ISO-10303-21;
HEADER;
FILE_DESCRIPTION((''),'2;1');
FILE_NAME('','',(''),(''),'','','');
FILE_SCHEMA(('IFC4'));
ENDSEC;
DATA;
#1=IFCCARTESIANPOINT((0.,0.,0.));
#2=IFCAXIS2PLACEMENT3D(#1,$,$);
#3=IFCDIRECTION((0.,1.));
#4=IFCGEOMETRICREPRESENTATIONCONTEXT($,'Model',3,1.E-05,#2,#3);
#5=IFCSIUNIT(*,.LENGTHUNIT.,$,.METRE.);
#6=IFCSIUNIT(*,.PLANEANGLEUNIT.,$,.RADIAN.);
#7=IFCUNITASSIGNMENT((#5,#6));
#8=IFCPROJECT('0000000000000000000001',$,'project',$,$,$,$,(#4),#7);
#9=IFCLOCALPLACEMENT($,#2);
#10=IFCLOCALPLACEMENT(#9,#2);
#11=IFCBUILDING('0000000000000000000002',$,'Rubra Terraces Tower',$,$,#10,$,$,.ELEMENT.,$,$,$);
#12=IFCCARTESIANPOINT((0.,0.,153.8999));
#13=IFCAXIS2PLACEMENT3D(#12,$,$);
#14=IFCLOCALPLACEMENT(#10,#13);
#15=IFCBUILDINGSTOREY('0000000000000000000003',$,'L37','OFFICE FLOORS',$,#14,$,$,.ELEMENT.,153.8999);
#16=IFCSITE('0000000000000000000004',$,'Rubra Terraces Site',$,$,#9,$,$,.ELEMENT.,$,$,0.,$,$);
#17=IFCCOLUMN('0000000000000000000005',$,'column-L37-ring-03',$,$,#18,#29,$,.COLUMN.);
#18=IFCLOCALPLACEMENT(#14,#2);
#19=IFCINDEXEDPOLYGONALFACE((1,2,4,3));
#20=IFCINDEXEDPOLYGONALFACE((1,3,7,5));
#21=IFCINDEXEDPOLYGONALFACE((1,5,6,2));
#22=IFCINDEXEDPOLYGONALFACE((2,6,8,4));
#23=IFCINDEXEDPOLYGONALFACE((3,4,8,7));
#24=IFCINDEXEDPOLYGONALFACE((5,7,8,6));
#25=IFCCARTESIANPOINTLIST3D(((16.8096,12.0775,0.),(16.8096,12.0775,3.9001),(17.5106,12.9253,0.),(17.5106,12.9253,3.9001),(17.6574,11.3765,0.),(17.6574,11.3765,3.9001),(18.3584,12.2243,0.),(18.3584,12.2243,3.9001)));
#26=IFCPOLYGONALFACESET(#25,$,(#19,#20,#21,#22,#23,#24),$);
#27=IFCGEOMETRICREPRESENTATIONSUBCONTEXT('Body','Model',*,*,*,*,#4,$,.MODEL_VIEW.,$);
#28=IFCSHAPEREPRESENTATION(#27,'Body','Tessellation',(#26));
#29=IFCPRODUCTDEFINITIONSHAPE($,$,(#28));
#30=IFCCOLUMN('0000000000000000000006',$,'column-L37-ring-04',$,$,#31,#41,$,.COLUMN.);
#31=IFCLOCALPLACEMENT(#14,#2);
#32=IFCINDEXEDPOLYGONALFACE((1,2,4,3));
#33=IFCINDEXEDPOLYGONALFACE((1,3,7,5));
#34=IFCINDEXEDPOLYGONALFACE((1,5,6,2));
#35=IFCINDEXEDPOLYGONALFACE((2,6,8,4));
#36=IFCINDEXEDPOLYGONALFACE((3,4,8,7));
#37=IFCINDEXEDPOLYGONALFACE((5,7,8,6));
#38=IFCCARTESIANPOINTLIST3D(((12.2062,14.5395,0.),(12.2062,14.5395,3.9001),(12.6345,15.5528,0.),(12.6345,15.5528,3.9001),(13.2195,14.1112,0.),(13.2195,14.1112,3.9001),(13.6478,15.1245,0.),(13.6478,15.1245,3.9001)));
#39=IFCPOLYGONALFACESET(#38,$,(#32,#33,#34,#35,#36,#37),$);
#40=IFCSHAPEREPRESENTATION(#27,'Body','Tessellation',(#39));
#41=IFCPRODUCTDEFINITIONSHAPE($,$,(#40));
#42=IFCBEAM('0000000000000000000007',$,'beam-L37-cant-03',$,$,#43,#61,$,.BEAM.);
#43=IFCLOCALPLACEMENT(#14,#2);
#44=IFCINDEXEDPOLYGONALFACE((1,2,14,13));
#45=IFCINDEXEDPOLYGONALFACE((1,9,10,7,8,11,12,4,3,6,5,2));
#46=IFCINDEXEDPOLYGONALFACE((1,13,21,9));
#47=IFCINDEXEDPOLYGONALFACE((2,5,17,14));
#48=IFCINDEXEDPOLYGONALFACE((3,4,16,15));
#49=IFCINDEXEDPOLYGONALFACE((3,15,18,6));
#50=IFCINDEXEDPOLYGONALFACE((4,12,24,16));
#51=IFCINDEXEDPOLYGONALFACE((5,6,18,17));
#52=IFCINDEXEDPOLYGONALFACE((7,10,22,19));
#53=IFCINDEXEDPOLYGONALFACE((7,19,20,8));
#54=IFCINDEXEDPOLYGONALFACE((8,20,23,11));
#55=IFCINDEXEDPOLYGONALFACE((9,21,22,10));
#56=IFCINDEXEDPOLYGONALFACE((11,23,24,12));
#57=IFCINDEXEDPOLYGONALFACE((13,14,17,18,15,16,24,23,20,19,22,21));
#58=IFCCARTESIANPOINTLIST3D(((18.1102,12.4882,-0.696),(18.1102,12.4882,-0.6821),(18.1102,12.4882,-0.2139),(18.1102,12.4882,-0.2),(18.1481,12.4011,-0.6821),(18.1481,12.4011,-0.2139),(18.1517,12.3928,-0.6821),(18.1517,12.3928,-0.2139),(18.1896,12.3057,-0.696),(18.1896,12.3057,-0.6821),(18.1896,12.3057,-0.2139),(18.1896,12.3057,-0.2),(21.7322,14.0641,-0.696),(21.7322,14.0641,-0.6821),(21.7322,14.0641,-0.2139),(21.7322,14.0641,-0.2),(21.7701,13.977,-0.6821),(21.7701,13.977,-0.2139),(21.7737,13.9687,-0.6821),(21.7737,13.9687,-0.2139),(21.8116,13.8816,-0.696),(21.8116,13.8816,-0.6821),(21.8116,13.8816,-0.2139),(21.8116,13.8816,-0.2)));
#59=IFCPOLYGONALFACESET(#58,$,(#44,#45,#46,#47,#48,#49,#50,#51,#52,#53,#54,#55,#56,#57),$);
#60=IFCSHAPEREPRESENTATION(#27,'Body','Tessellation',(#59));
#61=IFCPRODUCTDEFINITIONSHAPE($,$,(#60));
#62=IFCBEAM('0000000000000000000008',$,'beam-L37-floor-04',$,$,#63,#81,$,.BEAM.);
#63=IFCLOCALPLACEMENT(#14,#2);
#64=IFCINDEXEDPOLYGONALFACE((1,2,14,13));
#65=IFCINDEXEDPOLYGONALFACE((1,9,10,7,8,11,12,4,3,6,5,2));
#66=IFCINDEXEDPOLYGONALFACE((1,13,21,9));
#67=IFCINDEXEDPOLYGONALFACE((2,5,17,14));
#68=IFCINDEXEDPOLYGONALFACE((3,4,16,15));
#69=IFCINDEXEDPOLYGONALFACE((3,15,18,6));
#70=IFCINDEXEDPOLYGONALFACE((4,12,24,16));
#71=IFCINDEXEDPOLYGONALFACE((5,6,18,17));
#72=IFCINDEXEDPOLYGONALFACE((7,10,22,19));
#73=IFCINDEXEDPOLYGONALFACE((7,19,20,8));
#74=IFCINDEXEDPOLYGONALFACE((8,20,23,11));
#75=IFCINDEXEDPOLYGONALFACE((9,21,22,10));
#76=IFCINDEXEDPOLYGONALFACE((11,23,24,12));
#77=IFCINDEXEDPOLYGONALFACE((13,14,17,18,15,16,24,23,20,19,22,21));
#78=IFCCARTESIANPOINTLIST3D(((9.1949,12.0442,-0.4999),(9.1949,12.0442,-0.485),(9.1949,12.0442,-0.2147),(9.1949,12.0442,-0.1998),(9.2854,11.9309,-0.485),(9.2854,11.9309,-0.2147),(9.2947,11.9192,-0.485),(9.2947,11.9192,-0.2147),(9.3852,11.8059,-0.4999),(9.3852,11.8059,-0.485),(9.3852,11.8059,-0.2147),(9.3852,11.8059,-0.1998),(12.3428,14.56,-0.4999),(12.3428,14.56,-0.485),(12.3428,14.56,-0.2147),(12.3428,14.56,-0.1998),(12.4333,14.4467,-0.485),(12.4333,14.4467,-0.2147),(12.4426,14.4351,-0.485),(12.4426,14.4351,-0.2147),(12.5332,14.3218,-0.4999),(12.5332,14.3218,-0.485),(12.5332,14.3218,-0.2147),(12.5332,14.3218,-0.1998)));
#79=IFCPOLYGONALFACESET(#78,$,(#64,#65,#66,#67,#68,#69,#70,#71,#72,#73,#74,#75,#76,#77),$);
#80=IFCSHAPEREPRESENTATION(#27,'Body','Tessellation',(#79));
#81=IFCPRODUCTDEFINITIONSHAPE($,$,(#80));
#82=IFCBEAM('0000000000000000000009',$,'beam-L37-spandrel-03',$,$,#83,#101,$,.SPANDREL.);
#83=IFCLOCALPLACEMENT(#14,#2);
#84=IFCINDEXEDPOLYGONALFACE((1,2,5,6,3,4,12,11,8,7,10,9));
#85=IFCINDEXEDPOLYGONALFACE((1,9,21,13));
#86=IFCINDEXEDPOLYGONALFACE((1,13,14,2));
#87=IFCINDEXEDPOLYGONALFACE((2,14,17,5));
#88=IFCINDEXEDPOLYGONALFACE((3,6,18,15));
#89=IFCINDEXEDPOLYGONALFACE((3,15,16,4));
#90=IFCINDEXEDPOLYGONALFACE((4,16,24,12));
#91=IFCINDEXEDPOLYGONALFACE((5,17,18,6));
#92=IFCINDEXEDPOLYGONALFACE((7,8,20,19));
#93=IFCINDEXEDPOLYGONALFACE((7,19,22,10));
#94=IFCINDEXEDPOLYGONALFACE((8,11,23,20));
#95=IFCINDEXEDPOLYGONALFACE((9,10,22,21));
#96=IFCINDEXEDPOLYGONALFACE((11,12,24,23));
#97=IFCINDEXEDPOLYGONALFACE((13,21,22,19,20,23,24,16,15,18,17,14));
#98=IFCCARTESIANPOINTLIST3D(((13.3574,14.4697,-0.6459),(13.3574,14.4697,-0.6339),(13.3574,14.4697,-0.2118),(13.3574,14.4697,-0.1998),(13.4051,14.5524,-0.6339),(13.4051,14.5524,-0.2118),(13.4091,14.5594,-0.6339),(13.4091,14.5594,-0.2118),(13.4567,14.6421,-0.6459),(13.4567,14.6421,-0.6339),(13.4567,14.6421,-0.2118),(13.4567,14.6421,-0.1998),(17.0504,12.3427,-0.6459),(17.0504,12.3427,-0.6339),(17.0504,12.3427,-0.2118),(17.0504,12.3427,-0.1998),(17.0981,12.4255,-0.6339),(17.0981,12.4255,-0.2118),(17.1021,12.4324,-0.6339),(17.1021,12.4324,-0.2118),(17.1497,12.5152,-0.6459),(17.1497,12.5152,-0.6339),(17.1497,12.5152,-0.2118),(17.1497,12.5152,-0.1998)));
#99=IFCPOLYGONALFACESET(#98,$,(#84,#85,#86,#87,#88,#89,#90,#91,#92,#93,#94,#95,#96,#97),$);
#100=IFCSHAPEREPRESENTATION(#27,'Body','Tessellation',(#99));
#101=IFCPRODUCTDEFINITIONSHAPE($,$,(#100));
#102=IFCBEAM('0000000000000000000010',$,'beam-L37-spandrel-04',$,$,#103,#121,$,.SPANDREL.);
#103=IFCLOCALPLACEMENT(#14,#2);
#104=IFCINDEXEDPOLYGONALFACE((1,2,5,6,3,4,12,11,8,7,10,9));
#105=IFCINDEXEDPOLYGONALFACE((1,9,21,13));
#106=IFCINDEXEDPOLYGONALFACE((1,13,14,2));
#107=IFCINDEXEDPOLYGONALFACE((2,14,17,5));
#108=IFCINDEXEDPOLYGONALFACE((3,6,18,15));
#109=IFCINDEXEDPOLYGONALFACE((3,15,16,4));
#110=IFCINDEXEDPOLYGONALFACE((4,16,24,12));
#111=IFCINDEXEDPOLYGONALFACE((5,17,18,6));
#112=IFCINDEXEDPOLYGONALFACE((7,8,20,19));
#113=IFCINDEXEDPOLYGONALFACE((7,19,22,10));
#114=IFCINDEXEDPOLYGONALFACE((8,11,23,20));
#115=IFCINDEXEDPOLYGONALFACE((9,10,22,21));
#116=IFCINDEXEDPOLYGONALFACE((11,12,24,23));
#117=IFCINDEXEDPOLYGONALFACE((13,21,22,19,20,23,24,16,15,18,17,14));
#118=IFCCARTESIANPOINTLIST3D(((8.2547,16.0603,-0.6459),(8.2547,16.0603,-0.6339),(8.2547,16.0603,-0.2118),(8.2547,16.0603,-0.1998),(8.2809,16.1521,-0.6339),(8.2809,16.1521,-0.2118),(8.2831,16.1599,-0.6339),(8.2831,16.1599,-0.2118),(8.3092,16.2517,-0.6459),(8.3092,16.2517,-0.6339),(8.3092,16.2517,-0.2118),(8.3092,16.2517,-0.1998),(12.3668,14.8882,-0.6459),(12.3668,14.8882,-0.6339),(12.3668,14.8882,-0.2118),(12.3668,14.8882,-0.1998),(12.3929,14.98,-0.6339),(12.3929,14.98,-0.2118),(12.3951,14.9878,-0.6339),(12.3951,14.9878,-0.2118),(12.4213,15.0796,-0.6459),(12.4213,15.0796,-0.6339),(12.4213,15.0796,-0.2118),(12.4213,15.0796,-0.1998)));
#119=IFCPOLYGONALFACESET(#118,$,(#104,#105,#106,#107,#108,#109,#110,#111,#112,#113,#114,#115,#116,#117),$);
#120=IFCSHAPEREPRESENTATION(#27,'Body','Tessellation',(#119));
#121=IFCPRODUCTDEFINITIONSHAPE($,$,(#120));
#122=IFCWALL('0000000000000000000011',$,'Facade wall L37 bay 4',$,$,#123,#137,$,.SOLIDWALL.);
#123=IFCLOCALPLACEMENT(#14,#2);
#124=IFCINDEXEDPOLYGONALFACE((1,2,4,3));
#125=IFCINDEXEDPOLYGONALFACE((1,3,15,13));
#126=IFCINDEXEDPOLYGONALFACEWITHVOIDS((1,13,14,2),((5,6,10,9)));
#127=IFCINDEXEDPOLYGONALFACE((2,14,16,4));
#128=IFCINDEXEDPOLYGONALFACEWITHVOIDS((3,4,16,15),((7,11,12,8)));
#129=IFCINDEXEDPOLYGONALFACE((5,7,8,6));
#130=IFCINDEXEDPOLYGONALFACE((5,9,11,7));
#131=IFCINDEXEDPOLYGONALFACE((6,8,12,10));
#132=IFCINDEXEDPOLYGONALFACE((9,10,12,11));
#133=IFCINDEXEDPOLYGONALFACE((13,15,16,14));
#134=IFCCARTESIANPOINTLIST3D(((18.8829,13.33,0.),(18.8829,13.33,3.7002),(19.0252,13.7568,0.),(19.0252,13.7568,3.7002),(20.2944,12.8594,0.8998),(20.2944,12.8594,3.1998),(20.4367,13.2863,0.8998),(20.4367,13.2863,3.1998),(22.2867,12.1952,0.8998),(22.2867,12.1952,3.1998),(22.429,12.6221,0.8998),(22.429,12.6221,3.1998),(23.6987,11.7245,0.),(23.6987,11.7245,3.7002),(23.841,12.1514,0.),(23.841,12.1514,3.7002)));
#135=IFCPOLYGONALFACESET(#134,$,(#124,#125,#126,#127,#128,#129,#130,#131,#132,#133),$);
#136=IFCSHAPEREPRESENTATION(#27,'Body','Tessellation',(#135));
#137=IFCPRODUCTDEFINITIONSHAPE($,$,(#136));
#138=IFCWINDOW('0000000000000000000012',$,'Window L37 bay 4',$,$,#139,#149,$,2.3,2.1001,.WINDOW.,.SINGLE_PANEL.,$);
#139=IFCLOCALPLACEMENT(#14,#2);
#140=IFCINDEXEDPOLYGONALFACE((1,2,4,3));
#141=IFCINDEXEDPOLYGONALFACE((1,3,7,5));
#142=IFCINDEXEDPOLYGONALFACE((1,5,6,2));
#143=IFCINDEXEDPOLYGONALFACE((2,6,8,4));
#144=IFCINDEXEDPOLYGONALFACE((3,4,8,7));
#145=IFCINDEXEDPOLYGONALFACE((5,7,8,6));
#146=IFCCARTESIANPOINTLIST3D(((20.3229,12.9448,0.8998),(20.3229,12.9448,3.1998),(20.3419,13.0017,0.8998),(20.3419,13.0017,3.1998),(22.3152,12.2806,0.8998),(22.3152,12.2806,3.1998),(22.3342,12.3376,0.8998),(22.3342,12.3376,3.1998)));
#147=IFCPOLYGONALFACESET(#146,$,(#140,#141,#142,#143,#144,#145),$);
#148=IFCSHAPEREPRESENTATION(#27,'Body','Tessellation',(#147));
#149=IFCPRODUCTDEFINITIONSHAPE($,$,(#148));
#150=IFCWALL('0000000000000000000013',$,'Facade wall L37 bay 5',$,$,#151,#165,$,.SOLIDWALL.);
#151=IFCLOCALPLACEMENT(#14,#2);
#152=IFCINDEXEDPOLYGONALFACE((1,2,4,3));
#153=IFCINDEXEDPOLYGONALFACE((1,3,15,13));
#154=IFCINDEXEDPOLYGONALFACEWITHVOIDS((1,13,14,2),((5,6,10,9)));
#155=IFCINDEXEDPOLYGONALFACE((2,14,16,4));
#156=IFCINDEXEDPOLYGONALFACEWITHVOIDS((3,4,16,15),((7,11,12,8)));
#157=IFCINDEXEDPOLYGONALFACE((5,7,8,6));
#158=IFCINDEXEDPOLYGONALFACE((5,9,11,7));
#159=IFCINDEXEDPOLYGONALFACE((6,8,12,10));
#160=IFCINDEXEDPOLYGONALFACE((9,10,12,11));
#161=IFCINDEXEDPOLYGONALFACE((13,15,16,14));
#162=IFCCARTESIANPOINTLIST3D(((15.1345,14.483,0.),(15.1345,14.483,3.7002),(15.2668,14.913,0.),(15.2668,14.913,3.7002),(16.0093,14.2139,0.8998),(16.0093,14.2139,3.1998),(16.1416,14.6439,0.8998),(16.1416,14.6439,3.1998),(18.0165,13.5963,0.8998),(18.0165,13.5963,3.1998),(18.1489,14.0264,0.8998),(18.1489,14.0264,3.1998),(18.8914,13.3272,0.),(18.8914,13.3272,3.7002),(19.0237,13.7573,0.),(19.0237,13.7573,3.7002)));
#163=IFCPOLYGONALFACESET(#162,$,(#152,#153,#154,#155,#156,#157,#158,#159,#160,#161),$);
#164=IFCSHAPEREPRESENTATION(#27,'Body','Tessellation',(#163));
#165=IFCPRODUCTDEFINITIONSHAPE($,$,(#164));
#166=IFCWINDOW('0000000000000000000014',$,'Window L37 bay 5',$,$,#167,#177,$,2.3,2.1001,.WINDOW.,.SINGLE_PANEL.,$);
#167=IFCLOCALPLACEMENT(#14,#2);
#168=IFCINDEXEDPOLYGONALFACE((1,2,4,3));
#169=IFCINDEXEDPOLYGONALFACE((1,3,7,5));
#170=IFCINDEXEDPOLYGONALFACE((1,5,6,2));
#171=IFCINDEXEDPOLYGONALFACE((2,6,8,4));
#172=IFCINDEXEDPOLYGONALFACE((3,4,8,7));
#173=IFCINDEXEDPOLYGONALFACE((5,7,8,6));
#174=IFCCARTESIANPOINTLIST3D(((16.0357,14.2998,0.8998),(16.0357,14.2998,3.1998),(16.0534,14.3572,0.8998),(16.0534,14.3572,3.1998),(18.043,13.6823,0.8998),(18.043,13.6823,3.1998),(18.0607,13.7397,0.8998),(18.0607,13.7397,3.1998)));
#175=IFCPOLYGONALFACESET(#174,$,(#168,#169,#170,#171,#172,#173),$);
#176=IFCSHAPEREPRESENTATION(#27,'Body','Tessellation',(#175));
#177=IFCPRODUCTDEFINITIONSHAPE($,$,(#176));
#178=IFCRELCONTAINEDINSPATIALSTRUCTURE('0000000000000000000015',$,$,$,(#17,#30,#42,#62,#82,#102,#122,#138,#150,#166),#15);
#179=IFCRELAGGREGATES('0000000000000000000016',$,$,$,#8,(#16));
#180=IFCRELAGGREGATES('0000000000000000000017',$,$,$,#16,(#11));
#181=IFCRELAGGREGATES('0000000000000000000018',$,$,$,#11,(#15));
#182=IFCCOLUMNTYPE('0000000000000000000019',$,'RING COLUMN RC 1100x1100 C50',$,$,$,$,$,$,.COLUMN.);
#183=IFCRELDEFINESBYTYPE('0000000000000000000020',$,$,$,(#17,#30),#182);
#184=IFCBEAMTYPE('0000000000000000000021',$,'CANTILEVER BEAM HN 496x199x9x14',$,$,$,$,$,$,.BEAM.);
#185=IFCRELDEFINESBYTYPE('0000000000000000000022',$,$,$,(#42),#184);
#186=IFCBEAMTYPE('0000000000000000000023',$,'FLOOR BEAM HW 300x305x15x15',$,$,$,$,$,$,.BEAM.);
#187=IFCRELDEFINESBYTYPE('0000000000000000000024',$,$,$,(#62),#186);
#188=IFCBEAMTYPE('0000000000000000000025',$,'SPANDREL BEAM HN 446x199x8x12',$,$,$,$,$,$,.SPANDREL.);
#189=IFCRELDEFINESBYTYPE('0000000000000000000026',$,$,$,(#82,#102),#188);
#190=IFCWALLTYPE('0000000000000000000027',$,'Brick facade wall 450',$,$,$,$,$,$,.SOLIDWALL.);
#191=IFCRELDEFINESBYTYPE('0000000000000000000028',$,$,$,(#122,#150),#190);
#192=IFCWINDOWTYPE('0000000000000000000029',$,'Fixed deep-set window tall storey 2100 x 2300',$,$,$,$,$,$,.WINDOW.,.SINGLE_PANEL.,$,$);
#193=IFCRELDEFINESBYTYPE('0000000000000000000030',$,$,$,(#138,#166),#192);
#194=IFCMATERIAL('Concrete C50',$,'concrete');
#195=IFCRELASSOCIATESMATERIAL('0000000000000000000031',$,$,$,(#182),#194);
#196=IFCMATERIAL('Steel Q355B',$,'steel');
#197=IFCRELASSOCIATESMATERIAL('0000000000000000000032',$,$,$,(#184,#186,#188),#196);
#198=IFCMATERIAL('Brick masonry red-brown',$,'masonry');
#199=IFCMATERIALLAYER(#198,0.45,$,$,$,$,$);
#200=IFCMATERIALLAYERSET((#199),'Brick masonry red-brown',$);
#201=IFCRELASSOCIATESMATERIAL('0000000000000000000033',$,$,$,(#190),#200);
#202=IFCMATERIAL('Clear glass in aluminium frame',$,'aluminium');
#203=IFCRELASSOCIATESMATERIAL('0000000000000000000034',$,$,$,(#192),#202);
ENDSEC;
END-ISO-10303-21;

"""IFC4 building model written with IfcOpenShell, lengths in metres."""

from ifc_helpers import new_model, si_unit, direction, frame, frame_2d, origin, origin_2d, place, context, subcontext, project, spatial, rectangle, i_section, extrude, material, layer, layer_set, material_profile, profile_set, type_object, element, fill, save


model = new_model("IFC4")

# Units and contexts
model_context = context("Model", 3, precision=1e-05, world=origin(), true_north=direction((0.0, 1.0)))
body_context = subcontext(model_context, "Body", "Model", "MODEL_VIEW")
ifc_project = project(units=[si_unit("LENGTHUNIT", "METRE"), si_unit("PLANEANGLEUNIT", "RADIAN")], contexts=[model_context])

# Site, building, storey
site_placement = place(None, origin())
site = spatial("IfcSite", under=ifc_project, at=site_placement, Name="Rubra Terraces Site", CompositionType="ELEMENT", RefElevation=0.0)
building_placement = place(site_placement, origin())
building = spatial("IfcBuilding", under=site, at=building_placement, Name="Rubra Terraces Tower", CompositionType="ELEMENT")
storey_placement = place(building_placement, frame((0.0, 0.0, 153.8999)))
storey = spatial("IfcBuildingStorey", under=building, at=storey_placement, Name="L37", Description="OFFICE FLOORS", CompositionType="ELEMENT", Elevation=153.8999)

# Columns
ifc_material_1 = material(Name="Concrete C50", Category="concrete")
ifc_material_profile_1 = material_profile(ifc_material_1, rectangle(XDim=1.1001, YDim=1.1001, at=origin_2d()), Name="RC 1100x1100")
ifc_profile_set_1 = profile_set([ifc_material_profile_1], Name="Concrete C50")
column_type = type_object("IfcColumnType", Name="RING COLUMN RC 1100x1100 C50", PredefinedType="COLUMN", material=ifc_profile_set_1)
for number, where, z_axis, x_axis, name in (
    (1, (17.584, 12.1509, 0.0), (0.0, 0.0, 1.0), (-0.770679, 0.637223, 0.0), "column-L37-ring-03"),
    (2, (12.927, 14.832, 0.0), (0.0, 0.0, 1.0), (-0.921106, 0.389313, 0.0), "column-L37-ring-04"),
):
    element("IfcColumn", number, at=place(storey_placement, frame(where, z_axis=z_axis, x_axis=x_axis)), inside=storey, type_object=column_type, Name=name, PredefinedType="COLUMN", context=body_context, shape_type="SweptSolid", body=[
        extrude(rectangle(XDim=1.1001, YDim=1.1001, at=origin_2d()), origin(), (0.0, 0.0, 1.0), 3.9001),
    ])

# Beams
ifc_material_2 = material(Name="Steel Q355B", Category="steel")
ifc_material_profile_2 = material_profile(ifc_material_2, i_section(OverallWidth=0.199, OverallDepth=0.4961, WebThickness=0.009, FlangeThickness=0.0139, at=origin_2d()), Name="HN 496x199x9x14")
ifc_profile_set_2 = profile_set([ifc_material_profile_2], Name="Steel Q355B")
beam_type_1 = type_object("IfcBeamType", Name="CANTILEVER BEAM HN 496x199x9x14", PredefinedType="BEAM", material=ifc_profile_set_2)
beam_1_placement = place(storey_placement, frame((18.1499, 12.397, -0.448), z_axis=(0.916967, 0.398963, 0.0), x_axis=(-0.398963, 0.916967, 0.0)))
element("IfcBeam", 3, at=beam_1_placement, inside=storey, type_object=beam_type_1, Name="beam-L37-cant-03", PredefinedType="BEAM", context=body_context, shape_type="SweptSolid", body=[
    extrude(i_section(OverallWidth=0.199, OverallDepth=0.4961, WebThickness=0.009, FlangeThickness=0.0139, at=origin_2d()), origin(), (0.0, 0.0, 1.0), 3.95),
])
ifc_material_profile_3 = material_profile(ifc_material_2, i_section(OverallWidth=0.3049, OverallDepth=0.3, WebThickness=0.0149, FlangeThickness=0.0149, at=origin_2d()), Name="HW 300x305x15x15")
ifc_profile_set_3 = profile_set([ifc_material_profile_3], Name="Steel Q355B")
beam_type_2 = type_object("IfcBeamType", Name="FLOOR BEAM HW 300x305x15x15", PredefinedType="BEAM", material=ifc_profile_set_3)
beam_2_placement = place(storey_placement, frame((12.438, 14.4409, -0.3499), z_axis=(-0.78117, -0.624318, 0.0), x_axis=(0.624318, -0.78117, 0.0)))
element("IfcBeam", 4, at=beam_2_placement, inside=storey, type_object=beam_type_2, Name="beam-L37-floor-04", PredefinedType="BEAM", context=body_context, shape_type="SweptSolid", body=[
    extrude(i_section(OverallWidth=0.3049, OverallDepth=0.3, WebThickness=0.0149, FlangeThickness=0.0149, at=origin_2d()), origin(), (0.0, 0.0, 1.0), 4.0298),
])
ifc_material_profile_4 = material_profile(ifc_material_2, i_section(OverallWidth=0.199, OverallDepth=0.446, WebThickness=0.0081, FlangeThickness=0.012, at=origin_2d()), Name="HN 446x199x8x12")
ifc_profile_set_4 = profile_set([ifc_material_profile_4], Name="Steel Q355B")
beam_type_3 = type_object("IfcBeamType", Name="SPANDREL BEAM HN 446x199x8x12", PredefinedType="SPANDREL", material=ifc_profile_set_4)
beam_3_placement = place(storey_placement, frame((17.1001, 12.429, -0.4229), z_axis=(-0.86656, 0.499073, 0.0), x_axis=(-0.499073, -0.86656, 0.0)))
element("IfcBeam", 5, at=beam_3_placement, inside=storey, type_object=beam_type_3, Name="beam-L37-spandrel-03", PredefinedType="SPANDREL", context=body_context, shape_type="SweptSolid", body=[
    extrude(i_section(OverallWidth=0.199, OverallDepth=0.446, WebThickness=0.0081, FlangeThickness=0.012, at=origin_2d()), origin(), (0.0, 0.0, 1.0), 4.2617),
])
beam_4_placement = place(storey_placement, frame((12.394, 14.9839, -0.4229), z_axis=(-0.961694, 0.274125, 0.0), x_axis=(-0.274125, -0.961694, 0.0)))
element("IfcBeam", 6, at=beam_4_placement, inside=storey, type_object=beam_type_3, Name="beam-L37-spandrel-04", PredefinedType="SPANDREL", context=body_context, shape_type="SweptSolid", body=[
    extrude(i_section(OverallWidth=0.199, OverallDepth=0.446, WebThickness=0.0081, FlangeThickness=0.012, at=origin_2d()), origin(), (0.0, 0.0, 1.0), 4.2759),
])

# Walls, openings, windows
ifc_material_3 = material(Name="Brick masonry red-brown", Category="masonry")
ifc_layer_1 = layer(ifc_material_3, 0.45)
ifc_layer_set_1 = layer_set([ifc_layer_1], Name="Brick masonry red-brown")
wall_type_1 = type_object("IfcWallType", Name="Brick facade wall 450", PredefinedType="SOLIDWALL", material=ifc_layer_set_1)
wall_1_placement = place(storey_placement, frame((23.7698, 11.938, 0.0), z_axis=(0.0, 0.0, 1.0), x_axis=(-0.948674, 0.316257, 0.0)))
wall_1 = element("IfcWall", 7, at=wall_1_placement, inside=storey, type_object=wall_type_1, Name="Facade wall L37 bay 4", PredefinedType="SOLIDWALL", context=body_context, shape_type="SweptSolid", body=[
    extrude(rectangle(XDim=5.0764, YDim=0.45, at=frame_2d((2.5381, 0.0))), origin(), (0.0, 0.0, 1.0), 3.7002),
])
opening_1_placement = place(wall_1_placement, frame((1.4883, 0.0, 0.8999)))
opening_1 = element("IfcOpeningElement", 8, at=opening_1_placement, cuts=wall_1, PredefinedType="OPENING", context=body_context, shape_type="SweptSolid", body=[
    extrude(rectangle(XDim=2.1001, YDim=2.3, at=frame_2d((1.05, 1.1499))), frame((0.0, 0.2349, 0.0), z_axis=(0.0, -1.0, 0.0), x_axis=(1.0, 0.0, 0.0)), (0.0, 0.0, 1.0), 0.47),
])
ifc_material_4 = material(Name="Clear glass in aluminium frame", Category="aluminium")
window_type = type_object("IfcWindowType", Name="Fixed deep-set window tall storey 2100 x 2300", PartitioningType="SINGLE_PANEL", PredefinedType="WINDOW", material=ifc_material_4)
window_1_placement = place(opening_1_placement, origin())
window_1 = element("IfcWindow", 9, at=window_1_placement, inside=storey, type_object=window_type, Name="Window L37 bay 4", OverallHeight=2.3, OverallWidth=2.1001, PartitioningType="SINGLE_PANEL", PredefinedType="WINDOW", context=body_context, shape_type="SweptSolid", body=[
    extrude(rectangle(XDim=2.1001, YDim=2.3, at=frame_2d((1.05, 1.1499))), frame((0.0, 0.135, 0.0), z_axis=(0.0, -1.0, 0.0), x_axis=(1.0, 0.0, 0.0)), (0.0, 0.0, 1.0), 0.0601),
])
fill(opening_1, window_1)
wall_2_placement = place(storey_placement, frame((18.9575, 13.5422, 0.0), z_axis=(0.0, 0.0, 1.0), x_axis=(-0.955792, 0.294042, 0.0)))
wall_2 = element("IfcWall", 10, at=wall_2_placement, inside=storey, type_object=wall_type_1, Name="Facade wall L37 bay 5", PredefinedType="SOLIDWALL", context=body_context, shape_type="SweptSolid", body=[
    extrude(rectangle(XDim=3.9307, YDim=0.45, at=frame_2d((1.9653, 0.0))), origin(), (0.0, 0.0, 1.0), 3.7002),
])
opening_2_placement = place(wall_2_placement, frame((0.9153, 0.0, 0.8999)))
opening_2 = element("IfcOpeningElement", 11, at=opening_2_placement, cuts=wall_2, PredefinedType="OPENING", context=body_context, shape_type="SweptSolid", body=[
    extrude(rectangle(XDim=2.1001, YDim=2.3, at=frame_2d((1.05, 1.1499))), frame((0.0, 0.2349, 0.0), z_axis=(0.0, -1.0, 0.0), x_axis=(1.0, 0.0, 0.0)), (0.0, 0.0, 1.0), 0.47),
])
window_2_placement = place(opening_2_placement, origin())
window_2 = element("IfcWindow", 12, at=window_2_placement, inside=storey, type_object=window_type, Name="Window L37 bay 5", OverallHeight=2.3, OverallWidth=2.1001, PartitioningType="SINGLE_PANEL", PredefinedType="WINDOW", context=body_context, shape_type="SweptSolid", body=[
    extrude(rectangle(XDim=2.1001, YDim=2.3, at=frame_2d((1.05, 1.1499))), frame((0.0, 0.135, 0.0), z_axis=(0.0, -1.0, 0.0), x_axis=(1.0, 0.0, 0.0)), (0.0, 0.0, 1.0), 0.0601),
])
fill(opening_2, window_2)

save(model, "model.ifc")
